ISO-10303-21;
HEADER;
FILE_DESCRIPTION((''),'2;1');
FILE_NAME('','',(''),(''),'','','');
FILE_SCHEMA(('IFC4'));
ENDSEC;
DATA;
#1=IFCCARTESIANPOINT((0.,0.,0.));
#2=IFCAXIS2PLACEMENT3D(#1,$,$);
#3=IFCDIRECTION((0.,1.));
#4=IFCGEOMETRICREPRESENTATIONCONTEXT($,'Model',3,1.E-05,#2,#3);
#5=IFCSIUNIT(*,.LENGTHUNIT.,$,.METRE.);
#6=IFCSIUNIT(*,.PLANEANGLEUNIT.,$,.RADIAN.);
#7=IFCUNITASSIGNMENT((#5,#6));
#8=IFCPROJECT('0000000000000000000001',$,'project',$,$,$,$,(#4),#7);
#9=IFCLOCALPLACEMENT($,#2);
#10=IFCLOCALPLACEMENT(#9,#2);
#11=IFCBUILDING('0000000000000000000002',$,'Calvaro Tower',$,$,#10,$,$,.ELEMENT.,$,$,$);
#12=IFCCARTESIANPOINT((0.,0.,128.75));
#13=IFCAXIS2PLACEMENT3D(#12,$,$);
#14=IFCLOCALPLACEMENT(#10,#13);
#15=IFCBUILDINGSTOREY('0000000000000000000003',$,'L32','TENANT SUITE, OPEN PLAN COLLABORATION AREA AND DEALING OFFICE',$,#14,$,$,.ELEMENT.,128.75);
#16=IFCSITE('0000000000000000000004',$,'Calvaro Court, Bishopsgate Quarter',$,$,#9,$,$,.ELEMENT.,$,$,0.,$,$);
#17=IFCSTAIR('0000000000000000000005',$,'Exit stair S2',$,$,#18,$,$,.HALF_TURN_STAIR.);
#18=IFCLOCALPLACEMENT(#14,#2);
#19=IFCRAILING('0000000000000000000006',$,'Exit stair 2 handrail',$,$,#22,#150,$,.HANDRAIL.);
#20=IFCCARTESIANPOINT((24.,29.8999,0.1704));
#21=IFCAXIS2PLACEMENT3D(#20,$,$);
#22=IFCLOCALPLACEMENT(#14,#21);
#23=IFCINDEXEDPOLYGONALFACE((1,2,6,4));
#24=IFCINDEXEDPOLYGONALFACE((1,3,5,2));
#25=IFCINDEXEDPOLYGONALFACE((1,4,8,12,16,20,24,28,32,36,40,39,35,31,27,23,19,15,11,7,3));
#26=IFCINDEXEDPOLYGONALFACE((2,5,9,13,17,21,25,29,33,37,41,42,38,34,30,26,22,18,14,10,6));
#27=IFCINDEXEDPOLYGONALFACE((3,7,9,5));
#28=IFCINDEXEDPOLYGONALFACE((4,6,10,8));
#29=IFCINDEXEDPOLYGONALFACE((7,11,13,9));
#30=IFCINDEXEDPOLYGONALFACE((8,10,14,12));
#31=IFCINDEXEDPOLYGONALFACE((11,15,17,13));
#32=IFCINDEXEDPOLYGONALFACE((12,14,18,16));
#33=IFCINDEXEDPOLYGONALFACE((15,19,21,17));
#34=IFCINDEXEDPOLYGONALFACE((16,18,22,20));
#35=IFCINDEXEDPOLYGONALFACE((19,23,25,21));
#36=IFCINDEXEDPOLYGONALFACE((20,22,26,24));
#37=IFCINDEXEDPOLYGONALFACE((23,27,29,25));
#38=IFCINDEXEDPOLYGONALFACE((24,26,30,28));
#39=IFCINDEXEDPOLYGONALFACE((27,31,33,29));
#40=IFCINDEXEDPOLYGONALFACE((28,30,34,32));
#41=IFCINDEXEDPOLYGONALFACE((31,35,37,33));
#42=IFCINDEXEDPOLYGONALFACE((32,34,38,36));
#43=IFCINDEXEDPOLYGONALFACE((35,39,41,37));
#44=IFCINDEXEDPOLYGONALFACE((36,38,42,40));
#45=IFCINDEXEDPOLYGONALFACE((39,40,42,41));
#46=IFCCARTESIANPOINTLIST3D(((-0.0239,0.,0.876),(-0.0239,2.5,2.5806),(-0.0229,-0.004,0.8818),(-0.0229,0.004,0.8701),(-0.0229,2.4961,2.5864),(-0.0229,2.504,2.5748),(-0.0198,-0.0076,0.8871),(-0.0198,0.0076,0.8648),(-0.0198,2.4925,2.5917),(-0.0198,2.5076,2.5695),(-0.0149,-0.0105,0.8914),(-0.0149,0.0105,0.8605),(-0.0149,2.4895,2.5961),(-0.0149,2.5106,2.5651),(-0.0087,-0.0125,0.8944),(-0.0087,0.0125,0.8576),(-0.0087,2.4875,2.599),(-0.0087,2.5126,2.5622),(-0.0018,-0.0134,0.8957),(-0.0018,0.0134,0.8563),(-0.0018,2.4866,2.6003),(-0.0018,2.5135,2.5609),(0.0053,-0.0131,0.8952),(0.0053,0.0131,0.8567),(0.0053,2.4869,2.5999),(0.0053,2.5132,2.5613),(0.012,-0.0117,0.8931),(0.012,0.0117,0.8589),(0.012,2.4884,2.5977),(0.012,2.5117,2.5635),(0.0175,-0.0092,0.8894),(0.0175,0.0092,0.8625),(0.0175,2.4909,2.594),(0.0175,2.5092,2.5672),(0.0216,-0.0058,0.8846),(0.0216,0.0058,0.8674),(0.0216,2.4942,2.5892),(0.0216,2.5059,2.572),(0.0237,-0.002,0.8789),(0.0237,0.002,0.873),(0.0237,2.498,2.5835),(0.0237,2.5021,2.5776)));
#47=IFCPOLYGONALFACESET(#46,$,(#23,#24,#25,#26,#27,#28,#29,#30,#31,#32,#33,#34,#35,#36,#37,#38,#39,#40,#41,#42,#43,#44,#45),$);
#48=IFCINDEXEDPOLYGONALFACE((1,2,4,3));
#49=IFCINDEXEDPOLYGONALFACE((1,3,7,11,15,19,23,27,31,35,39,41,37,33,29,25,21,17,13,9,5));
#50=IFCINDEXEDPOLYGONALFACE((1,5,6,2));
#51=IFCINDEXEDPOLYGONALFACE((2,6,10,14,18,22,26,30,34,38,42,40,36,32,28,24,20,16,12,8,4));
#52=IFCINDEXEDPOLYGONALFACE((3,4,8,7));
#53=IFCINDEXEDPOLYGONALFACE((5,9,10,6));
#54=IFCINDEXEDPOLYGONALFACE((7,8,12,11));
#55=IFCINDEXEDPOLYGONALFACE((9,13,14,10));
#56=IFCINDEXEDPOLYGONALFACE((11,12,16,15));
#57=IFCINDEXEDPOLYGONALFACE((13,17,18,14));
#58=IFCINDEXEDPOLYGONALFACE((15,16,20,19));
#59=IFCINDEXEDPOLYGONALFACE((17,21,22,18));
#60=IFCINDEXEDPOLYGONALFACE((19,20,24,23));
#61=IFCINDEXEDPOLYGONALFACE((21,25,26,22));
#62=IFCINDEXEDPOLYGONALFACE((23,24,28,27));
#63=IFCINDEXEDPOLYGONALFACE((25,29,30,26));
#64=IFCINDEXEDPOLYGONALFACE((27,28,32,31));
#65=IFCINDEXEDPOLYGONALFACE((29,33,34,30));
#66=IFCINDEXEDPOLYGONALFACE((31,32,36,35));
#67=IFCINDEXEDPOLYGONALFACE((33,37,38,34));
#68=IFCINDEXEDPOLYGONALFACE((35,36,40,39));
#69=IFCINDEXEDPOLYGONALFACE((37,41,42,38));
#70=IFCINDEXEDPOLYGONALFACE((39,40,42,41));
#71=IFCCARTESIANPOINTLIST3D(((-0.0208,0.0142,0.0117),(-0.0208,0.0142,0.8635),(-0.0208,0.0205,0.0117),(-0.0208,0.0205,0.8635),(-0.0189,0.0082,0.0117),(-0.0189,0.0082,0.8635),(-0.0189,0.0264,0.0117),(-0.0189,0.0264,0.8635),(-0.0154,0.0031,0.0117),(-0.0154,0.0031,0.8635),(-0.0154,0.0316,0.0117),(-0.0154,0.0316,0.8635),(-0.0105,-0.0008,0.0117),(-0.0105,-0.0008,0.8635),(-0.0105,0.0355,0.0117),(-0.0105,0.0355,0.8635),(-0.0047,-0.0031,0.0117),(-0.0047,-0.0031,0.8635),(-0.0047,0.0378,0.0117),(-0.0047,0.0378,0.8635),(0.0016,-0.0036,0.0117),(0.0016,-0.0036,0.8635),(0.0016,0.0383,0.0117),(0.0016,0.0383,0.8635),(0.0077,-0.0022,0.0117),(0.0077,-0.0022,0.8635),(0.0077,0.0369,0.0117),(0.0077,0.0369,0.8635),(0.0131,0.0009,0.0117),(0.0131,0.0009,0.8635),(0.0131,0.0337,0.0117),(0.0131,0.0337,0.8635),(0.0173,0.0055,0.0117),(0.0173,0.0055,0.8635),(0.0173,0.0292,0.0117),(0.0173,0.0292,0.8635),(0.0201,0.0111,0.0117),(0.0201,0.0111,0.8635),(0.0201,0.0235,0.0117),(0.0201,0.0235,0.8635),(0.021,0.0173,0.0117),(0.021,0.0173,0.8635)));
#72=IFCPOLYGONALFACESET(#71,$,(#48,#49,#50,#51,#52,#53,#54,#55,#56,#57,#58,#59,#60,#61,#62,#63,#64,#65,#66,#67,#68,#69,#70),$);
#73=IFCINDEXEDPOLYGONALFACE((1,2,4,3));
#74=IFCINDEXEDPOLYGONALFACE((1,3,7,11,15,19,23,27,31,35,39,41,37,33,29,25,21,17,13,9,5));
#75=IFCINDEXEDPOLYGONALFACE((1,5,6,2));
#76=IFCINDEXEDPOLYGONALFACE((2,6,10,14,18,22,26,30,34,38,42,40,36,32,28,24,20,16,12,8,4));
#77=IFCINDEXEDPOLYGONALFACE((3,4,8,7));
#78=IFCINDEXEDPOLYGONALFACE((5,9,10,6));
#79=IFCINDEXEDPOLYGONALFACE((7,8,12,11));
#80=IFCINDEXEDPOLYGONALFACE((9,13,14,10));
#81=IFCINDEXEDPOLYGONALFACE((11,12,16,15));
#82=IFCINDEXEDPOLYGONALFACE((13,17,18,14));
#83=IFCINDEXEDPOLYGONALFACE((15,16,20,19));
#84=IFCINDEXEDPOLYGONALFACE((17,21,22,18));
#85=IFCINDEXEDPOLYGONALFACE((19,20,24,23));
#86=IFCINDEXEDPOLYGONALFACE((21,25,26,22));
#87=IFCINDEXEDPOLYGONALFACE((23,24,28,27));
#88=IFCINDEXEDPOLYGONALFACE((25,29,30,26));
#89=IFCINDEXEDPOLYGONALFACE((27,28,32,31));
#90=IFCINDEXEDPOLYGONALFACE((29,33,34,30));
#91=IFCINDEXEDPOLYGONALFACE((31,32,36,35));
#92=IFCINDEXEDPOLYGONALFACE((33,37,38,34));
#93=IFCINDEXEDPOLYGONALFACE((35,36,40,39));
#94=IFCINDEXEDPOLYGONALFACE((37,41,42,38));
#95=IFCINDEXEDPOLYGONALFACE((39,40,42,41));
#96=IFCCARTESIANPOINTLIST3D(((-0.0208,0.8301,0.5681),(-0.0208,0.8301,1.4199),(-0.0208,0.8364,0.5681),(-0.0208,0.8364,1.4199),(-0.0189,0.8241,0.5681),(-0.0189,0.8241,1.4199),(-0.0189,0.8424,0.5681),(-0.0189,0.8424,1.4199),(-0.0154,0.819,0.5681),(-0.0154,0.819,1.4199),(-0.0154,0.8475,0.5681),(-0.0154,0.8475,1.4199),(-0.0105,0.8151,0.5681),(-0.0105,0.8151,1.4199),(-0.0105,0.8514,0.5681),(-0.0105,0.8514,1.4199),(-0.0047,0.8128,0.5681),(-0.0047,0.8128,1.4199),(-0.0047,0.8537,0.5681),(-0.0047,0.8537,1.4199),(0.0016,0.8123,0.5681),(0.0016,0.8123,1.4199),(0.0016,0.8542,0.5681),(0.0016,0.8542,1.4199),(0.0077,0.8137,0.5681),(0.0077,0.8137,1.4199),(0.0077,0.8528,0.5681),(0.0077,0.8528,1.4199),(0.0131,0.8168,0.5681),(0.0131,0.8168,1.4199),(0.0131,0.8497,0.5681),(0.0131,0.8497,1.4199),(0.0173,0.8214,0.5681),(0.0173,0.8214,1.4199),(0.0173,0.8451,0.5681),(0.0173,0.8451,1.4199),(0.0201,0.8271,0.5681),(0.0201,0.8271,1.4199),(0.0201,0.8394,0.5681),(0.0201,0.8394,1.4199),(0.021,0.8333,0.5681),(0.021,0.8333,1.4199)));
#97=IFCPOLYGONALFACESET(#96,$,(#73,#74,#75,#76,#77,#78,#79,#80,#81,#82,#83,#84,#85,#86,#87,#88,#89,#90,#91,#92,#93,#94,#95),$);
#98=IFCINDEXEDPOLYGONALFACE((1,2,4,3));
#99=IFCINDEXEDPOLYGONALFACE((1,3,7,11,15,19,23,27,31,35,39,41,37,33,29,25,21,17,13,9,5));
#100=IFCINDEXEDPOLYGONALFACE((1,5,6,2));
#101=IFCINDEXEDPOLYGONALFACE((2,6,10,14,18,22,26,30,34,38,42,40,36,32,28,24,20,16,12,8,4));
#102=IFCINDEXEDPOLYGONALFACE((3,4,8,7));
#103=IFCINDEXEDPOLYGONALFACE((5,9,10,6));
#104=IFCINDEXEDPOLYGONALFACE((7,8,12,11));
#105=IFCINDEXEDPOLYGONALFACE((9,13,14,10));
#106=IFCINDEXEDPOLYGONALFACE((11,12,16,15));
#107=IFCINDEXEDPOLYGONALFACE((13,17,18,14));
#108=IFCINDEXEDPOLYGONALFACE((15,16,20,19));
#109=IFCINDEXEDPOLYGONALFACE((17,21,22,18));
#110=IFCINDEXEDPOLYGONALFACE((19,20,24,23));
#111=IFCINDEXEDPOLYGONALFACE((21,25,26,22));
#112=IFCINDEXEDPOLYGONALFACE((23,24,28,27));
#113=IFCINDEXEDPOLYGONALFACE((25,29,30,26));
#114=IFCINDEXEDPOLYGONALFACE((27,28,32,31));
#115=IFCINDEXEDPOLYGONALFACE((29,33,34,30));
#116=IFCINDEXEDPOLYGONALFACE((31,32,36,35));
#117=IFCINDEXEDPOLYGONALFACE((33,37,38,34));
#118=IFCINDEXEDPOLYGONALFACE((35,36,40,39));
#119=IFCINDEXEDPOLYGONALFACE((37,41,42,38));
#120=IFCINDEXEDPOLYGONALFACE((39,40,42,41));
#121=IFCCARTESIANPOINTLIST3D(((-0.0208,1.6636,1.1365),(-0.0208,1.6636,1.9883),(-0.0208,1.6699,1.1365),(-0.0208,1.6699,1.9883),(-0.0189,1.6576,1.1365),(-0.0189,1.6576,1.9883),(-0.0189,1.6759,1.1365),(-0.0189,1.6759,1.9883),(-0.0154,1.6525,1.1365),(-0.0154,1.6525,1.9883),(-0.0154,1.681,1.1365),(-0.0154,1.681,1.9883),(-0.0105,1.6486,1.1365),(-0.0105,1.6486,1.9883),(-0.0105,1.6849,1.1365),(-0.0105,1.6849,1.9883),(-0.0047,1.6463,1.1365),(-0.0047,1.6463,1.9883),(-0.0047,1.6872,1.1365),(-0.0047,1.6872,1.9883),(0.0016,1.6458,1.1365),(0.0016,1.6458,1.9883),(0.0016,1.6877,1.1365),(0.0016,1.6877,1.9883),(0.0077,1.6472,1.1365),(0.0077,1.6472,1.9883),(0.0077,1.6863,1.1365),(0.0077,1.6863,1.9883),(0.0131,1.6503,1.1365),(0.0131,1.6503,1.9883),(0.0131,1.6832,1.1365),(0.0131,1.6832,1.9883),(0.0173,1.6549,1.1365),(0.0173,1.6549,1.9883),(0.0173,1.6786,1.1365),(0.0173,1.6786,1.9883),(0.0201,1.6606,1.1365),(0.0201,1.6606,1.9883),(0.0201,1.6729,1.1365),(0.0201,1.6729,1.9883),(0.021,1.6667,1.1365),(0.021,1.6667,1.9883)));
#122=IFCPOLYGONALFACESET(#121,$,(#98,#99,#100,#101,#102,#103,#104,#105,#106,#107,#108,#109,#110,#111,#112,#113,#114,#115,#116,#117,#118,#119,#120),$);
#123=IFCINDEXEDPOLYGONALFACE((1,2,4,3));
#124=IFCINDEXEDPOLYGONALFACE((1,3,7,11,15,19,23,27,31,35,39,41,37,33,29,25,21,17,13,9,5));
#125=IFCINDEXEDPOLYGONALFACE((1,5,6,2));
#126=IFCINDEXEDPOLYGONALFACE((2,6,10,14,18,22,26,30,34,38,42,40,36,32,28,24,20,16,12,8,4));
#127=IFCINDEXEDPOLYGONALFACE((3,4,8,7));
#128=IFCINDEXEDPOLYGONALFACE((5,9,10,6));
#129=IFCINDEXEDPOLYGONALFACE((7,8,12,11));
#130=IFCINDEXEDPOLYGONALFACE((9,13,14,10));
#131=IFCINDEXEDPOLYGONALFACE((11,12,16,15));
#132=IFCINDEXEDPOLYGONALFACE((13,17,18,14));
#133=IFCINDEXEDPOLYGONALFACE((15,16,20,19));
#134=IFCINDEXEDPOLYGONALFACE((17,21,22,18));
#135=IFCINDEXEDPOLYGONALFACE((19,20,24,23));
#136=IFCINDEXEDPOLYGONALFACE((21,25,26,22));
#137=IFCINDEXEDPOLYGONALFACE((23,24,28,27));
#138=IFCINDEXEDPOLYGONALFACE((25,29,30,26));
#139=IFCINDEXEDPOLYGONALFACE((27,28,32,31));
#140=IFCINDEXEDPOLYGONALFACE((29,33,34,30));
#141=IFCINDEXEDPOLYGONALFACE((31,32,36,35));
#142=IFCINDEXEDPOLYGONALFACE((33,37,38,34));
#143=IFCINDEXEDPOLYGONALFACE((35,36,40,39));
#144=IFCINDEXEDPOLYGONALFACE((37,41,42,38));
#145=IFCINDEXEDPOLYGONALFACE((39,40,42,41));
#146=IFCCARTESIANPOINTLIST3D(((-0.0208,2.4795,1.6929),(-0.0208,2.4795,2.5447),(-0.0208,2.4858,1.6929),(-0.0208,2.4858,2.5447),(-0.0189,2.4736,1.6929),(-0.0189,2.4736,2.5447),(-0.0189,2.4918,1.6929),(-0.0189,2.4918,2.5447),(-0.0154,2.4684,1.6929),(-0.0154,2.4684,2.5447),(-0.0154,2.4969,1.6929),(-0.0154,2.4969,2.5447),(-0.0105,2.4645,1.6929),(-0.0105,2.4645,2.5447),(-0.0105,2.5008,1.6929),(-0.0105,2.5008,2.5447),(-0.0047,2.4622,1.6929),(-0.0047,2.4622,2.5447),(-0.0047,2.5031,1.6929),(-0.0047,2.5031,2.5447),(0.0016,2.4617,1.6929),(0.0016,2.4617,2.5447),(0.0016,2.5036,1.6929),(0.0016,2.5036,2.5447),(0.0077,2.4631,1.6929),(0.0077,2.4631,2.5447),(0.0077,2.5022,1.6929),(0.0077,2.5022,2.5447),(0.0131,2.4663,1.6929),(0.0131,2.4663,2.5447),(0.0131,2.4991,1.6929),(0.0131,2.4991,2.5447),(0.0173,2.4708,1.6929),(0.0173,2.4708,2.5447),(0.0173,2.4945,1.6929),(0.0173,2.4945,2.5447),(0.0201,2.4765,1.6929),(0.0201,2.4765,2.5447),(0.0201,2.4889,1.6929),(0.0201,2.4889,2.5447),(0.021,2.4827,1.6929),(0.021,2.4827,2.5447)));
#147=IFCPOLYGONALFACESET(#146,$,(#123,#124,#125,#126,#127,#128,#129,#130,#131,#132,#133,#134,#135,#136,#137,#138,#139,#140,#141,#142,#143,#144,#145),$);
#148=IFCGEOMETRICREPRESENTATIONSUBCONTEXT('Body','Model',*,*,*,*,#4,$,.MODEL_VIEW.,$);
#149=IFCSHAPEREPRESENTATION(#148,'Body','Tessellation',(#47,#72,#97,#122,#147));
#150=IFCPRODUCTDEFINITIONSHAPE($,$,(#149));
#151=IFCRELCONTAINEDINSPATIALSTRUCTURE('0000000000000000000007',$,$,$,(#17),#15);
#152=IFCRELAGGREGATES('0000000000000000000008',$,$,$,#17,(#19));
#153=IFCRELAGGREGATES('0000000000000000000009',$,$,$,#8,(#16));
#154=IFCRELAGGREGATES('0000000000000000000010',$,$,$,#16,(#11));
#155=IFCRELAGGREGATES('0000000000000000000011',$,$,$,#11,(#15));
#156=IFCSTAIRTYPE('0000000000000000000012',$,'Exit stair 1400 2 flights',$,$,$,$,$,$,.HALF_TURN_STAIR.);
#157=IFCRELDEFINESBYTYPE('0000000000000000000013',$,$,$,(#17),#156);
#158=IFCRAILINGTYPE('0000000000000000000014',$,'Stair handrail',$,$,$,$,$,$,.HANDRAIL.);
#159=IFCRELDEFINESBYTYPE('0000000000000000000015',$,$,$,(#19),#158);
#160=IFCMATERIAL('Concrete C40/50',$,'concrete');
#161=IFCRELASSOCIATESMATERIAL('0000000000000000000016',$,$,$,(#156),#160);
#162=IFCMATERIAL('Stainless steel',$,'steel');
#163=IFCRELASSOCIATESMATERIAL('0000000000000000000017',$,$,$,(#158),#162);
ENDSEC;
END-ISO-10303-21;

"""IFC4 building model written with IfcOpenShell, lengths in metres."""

from ifc_helpers import new_model, si_unit, direction, frame, origin, origin_2d, place, context, subcontext, project, spatial, circle, extrude, material, type_object, element, aggregate, save


model = new_model("IFC4")

# Units and contexts
model_context = context("Model", 3, precision=1e-05, world=origin(), true_north=direction((0.0, 1.0)))
body_context = subcontext(model_context, "Body", "Model", "MODEL_VIEW")
ifc_project = project(units=[si_unit("LENGTHUNIT", "METRE"), si_unit("PLANEANGLEUNIT", "RADIAN")], contexts=[model_context])

# Site, building, storey
site_placement = place(None, origin())
site = spatial("IfcSite", under=ifc_project, at=site_placement, Name="Calvaro Court, Bishopsgate Quarter", CompositionType="ELEMENT", RefElevation=0.0)
building_placement = place(site_placement, origin())
building = spatial("IfcBuilding", under=site, at=building_placement, Name="Calvaro Tower", CompositionType="ELEMENT")
storey_placement = place(building_placement, frame((0.0, 0.0, 128.75)))
storey = spatial("IfcBuildingStorey", under=building, at=storey_placement, Name="L32", Description="TENANT SUITE, OPEN PLAN COLLABORATION AREA AND DEALING OFFICE", CompositionType="ELEMENT", Elevation=128.75)

# Stair, railing
ifc_material_1 = material(Name="Concrete C40/50", Category="concrete")
stair_type = type_object("IfcStairType", Name="Exit stair 1400 2 flights", PredefinedType="HALF_TURN_STAIR", material=ifc_material_1)
stair_placement = place(storey_placement, origin())
stair = element("IfcStair", 1, at=stair_placement, inside=storey, type_object=stair_type, Name="Exit stair S2", PredefinedType="HALF_TURN_STAIR")
ifc_material_2 = material(Name="Stainless steel", Category="steel")
railing_type = type_object("IfcRailingType", Name="Stair handrail", PredefinedType="HANDRAIL", material=ifc_material_2)
railing_1_placement = place(storey_placement, frame((24.0, 29.8999, 0.1704)))
railing_1 = element("IfcRailing", 2, at=railing_1_placement, type_object=railing_type, Name="Exit stair 2 handrail", PredefinedType="HANDRAIL", context=body_context, shape_type="SweptSolid", body=[
    extrude(circle(Radius=0.0239, at=origin_2d()), frame((0.0, 0.0, 0.876), z_axis=(0.0, 0.826221, 0.563347), x_axis=(-1.0, 0.0, 0.0)), (0.0, 0.0, 1.0), 3.0259),
    extrude(circle(Radius=0.021, at=origin_2d()), frame((0.0, 0.0173, 0.0117)), (0.0, 0.0, 1.0), 0.8518),
    extrude(circle(Radius=0.021, at=origin_2d()), frame((0.0, 0.8333, 0.5681)), (0.0, 0.0, 1.0), 0.8518),
    extrude(circle(Radius=0.021, at=origin_2d()), frame((0.0, 1.6667, 1.1365)), (0.0, 0.0, 1.0), 0.8518),
    extrude(circle(Radius=0.021, at=origin_2d()), frame((0.0, 2.4827, 1.6929)), (0.0, 0.0, 1.0), 0.8518),
])
aggregate(stair, [railing_1])

save(model, "model.ifc")
